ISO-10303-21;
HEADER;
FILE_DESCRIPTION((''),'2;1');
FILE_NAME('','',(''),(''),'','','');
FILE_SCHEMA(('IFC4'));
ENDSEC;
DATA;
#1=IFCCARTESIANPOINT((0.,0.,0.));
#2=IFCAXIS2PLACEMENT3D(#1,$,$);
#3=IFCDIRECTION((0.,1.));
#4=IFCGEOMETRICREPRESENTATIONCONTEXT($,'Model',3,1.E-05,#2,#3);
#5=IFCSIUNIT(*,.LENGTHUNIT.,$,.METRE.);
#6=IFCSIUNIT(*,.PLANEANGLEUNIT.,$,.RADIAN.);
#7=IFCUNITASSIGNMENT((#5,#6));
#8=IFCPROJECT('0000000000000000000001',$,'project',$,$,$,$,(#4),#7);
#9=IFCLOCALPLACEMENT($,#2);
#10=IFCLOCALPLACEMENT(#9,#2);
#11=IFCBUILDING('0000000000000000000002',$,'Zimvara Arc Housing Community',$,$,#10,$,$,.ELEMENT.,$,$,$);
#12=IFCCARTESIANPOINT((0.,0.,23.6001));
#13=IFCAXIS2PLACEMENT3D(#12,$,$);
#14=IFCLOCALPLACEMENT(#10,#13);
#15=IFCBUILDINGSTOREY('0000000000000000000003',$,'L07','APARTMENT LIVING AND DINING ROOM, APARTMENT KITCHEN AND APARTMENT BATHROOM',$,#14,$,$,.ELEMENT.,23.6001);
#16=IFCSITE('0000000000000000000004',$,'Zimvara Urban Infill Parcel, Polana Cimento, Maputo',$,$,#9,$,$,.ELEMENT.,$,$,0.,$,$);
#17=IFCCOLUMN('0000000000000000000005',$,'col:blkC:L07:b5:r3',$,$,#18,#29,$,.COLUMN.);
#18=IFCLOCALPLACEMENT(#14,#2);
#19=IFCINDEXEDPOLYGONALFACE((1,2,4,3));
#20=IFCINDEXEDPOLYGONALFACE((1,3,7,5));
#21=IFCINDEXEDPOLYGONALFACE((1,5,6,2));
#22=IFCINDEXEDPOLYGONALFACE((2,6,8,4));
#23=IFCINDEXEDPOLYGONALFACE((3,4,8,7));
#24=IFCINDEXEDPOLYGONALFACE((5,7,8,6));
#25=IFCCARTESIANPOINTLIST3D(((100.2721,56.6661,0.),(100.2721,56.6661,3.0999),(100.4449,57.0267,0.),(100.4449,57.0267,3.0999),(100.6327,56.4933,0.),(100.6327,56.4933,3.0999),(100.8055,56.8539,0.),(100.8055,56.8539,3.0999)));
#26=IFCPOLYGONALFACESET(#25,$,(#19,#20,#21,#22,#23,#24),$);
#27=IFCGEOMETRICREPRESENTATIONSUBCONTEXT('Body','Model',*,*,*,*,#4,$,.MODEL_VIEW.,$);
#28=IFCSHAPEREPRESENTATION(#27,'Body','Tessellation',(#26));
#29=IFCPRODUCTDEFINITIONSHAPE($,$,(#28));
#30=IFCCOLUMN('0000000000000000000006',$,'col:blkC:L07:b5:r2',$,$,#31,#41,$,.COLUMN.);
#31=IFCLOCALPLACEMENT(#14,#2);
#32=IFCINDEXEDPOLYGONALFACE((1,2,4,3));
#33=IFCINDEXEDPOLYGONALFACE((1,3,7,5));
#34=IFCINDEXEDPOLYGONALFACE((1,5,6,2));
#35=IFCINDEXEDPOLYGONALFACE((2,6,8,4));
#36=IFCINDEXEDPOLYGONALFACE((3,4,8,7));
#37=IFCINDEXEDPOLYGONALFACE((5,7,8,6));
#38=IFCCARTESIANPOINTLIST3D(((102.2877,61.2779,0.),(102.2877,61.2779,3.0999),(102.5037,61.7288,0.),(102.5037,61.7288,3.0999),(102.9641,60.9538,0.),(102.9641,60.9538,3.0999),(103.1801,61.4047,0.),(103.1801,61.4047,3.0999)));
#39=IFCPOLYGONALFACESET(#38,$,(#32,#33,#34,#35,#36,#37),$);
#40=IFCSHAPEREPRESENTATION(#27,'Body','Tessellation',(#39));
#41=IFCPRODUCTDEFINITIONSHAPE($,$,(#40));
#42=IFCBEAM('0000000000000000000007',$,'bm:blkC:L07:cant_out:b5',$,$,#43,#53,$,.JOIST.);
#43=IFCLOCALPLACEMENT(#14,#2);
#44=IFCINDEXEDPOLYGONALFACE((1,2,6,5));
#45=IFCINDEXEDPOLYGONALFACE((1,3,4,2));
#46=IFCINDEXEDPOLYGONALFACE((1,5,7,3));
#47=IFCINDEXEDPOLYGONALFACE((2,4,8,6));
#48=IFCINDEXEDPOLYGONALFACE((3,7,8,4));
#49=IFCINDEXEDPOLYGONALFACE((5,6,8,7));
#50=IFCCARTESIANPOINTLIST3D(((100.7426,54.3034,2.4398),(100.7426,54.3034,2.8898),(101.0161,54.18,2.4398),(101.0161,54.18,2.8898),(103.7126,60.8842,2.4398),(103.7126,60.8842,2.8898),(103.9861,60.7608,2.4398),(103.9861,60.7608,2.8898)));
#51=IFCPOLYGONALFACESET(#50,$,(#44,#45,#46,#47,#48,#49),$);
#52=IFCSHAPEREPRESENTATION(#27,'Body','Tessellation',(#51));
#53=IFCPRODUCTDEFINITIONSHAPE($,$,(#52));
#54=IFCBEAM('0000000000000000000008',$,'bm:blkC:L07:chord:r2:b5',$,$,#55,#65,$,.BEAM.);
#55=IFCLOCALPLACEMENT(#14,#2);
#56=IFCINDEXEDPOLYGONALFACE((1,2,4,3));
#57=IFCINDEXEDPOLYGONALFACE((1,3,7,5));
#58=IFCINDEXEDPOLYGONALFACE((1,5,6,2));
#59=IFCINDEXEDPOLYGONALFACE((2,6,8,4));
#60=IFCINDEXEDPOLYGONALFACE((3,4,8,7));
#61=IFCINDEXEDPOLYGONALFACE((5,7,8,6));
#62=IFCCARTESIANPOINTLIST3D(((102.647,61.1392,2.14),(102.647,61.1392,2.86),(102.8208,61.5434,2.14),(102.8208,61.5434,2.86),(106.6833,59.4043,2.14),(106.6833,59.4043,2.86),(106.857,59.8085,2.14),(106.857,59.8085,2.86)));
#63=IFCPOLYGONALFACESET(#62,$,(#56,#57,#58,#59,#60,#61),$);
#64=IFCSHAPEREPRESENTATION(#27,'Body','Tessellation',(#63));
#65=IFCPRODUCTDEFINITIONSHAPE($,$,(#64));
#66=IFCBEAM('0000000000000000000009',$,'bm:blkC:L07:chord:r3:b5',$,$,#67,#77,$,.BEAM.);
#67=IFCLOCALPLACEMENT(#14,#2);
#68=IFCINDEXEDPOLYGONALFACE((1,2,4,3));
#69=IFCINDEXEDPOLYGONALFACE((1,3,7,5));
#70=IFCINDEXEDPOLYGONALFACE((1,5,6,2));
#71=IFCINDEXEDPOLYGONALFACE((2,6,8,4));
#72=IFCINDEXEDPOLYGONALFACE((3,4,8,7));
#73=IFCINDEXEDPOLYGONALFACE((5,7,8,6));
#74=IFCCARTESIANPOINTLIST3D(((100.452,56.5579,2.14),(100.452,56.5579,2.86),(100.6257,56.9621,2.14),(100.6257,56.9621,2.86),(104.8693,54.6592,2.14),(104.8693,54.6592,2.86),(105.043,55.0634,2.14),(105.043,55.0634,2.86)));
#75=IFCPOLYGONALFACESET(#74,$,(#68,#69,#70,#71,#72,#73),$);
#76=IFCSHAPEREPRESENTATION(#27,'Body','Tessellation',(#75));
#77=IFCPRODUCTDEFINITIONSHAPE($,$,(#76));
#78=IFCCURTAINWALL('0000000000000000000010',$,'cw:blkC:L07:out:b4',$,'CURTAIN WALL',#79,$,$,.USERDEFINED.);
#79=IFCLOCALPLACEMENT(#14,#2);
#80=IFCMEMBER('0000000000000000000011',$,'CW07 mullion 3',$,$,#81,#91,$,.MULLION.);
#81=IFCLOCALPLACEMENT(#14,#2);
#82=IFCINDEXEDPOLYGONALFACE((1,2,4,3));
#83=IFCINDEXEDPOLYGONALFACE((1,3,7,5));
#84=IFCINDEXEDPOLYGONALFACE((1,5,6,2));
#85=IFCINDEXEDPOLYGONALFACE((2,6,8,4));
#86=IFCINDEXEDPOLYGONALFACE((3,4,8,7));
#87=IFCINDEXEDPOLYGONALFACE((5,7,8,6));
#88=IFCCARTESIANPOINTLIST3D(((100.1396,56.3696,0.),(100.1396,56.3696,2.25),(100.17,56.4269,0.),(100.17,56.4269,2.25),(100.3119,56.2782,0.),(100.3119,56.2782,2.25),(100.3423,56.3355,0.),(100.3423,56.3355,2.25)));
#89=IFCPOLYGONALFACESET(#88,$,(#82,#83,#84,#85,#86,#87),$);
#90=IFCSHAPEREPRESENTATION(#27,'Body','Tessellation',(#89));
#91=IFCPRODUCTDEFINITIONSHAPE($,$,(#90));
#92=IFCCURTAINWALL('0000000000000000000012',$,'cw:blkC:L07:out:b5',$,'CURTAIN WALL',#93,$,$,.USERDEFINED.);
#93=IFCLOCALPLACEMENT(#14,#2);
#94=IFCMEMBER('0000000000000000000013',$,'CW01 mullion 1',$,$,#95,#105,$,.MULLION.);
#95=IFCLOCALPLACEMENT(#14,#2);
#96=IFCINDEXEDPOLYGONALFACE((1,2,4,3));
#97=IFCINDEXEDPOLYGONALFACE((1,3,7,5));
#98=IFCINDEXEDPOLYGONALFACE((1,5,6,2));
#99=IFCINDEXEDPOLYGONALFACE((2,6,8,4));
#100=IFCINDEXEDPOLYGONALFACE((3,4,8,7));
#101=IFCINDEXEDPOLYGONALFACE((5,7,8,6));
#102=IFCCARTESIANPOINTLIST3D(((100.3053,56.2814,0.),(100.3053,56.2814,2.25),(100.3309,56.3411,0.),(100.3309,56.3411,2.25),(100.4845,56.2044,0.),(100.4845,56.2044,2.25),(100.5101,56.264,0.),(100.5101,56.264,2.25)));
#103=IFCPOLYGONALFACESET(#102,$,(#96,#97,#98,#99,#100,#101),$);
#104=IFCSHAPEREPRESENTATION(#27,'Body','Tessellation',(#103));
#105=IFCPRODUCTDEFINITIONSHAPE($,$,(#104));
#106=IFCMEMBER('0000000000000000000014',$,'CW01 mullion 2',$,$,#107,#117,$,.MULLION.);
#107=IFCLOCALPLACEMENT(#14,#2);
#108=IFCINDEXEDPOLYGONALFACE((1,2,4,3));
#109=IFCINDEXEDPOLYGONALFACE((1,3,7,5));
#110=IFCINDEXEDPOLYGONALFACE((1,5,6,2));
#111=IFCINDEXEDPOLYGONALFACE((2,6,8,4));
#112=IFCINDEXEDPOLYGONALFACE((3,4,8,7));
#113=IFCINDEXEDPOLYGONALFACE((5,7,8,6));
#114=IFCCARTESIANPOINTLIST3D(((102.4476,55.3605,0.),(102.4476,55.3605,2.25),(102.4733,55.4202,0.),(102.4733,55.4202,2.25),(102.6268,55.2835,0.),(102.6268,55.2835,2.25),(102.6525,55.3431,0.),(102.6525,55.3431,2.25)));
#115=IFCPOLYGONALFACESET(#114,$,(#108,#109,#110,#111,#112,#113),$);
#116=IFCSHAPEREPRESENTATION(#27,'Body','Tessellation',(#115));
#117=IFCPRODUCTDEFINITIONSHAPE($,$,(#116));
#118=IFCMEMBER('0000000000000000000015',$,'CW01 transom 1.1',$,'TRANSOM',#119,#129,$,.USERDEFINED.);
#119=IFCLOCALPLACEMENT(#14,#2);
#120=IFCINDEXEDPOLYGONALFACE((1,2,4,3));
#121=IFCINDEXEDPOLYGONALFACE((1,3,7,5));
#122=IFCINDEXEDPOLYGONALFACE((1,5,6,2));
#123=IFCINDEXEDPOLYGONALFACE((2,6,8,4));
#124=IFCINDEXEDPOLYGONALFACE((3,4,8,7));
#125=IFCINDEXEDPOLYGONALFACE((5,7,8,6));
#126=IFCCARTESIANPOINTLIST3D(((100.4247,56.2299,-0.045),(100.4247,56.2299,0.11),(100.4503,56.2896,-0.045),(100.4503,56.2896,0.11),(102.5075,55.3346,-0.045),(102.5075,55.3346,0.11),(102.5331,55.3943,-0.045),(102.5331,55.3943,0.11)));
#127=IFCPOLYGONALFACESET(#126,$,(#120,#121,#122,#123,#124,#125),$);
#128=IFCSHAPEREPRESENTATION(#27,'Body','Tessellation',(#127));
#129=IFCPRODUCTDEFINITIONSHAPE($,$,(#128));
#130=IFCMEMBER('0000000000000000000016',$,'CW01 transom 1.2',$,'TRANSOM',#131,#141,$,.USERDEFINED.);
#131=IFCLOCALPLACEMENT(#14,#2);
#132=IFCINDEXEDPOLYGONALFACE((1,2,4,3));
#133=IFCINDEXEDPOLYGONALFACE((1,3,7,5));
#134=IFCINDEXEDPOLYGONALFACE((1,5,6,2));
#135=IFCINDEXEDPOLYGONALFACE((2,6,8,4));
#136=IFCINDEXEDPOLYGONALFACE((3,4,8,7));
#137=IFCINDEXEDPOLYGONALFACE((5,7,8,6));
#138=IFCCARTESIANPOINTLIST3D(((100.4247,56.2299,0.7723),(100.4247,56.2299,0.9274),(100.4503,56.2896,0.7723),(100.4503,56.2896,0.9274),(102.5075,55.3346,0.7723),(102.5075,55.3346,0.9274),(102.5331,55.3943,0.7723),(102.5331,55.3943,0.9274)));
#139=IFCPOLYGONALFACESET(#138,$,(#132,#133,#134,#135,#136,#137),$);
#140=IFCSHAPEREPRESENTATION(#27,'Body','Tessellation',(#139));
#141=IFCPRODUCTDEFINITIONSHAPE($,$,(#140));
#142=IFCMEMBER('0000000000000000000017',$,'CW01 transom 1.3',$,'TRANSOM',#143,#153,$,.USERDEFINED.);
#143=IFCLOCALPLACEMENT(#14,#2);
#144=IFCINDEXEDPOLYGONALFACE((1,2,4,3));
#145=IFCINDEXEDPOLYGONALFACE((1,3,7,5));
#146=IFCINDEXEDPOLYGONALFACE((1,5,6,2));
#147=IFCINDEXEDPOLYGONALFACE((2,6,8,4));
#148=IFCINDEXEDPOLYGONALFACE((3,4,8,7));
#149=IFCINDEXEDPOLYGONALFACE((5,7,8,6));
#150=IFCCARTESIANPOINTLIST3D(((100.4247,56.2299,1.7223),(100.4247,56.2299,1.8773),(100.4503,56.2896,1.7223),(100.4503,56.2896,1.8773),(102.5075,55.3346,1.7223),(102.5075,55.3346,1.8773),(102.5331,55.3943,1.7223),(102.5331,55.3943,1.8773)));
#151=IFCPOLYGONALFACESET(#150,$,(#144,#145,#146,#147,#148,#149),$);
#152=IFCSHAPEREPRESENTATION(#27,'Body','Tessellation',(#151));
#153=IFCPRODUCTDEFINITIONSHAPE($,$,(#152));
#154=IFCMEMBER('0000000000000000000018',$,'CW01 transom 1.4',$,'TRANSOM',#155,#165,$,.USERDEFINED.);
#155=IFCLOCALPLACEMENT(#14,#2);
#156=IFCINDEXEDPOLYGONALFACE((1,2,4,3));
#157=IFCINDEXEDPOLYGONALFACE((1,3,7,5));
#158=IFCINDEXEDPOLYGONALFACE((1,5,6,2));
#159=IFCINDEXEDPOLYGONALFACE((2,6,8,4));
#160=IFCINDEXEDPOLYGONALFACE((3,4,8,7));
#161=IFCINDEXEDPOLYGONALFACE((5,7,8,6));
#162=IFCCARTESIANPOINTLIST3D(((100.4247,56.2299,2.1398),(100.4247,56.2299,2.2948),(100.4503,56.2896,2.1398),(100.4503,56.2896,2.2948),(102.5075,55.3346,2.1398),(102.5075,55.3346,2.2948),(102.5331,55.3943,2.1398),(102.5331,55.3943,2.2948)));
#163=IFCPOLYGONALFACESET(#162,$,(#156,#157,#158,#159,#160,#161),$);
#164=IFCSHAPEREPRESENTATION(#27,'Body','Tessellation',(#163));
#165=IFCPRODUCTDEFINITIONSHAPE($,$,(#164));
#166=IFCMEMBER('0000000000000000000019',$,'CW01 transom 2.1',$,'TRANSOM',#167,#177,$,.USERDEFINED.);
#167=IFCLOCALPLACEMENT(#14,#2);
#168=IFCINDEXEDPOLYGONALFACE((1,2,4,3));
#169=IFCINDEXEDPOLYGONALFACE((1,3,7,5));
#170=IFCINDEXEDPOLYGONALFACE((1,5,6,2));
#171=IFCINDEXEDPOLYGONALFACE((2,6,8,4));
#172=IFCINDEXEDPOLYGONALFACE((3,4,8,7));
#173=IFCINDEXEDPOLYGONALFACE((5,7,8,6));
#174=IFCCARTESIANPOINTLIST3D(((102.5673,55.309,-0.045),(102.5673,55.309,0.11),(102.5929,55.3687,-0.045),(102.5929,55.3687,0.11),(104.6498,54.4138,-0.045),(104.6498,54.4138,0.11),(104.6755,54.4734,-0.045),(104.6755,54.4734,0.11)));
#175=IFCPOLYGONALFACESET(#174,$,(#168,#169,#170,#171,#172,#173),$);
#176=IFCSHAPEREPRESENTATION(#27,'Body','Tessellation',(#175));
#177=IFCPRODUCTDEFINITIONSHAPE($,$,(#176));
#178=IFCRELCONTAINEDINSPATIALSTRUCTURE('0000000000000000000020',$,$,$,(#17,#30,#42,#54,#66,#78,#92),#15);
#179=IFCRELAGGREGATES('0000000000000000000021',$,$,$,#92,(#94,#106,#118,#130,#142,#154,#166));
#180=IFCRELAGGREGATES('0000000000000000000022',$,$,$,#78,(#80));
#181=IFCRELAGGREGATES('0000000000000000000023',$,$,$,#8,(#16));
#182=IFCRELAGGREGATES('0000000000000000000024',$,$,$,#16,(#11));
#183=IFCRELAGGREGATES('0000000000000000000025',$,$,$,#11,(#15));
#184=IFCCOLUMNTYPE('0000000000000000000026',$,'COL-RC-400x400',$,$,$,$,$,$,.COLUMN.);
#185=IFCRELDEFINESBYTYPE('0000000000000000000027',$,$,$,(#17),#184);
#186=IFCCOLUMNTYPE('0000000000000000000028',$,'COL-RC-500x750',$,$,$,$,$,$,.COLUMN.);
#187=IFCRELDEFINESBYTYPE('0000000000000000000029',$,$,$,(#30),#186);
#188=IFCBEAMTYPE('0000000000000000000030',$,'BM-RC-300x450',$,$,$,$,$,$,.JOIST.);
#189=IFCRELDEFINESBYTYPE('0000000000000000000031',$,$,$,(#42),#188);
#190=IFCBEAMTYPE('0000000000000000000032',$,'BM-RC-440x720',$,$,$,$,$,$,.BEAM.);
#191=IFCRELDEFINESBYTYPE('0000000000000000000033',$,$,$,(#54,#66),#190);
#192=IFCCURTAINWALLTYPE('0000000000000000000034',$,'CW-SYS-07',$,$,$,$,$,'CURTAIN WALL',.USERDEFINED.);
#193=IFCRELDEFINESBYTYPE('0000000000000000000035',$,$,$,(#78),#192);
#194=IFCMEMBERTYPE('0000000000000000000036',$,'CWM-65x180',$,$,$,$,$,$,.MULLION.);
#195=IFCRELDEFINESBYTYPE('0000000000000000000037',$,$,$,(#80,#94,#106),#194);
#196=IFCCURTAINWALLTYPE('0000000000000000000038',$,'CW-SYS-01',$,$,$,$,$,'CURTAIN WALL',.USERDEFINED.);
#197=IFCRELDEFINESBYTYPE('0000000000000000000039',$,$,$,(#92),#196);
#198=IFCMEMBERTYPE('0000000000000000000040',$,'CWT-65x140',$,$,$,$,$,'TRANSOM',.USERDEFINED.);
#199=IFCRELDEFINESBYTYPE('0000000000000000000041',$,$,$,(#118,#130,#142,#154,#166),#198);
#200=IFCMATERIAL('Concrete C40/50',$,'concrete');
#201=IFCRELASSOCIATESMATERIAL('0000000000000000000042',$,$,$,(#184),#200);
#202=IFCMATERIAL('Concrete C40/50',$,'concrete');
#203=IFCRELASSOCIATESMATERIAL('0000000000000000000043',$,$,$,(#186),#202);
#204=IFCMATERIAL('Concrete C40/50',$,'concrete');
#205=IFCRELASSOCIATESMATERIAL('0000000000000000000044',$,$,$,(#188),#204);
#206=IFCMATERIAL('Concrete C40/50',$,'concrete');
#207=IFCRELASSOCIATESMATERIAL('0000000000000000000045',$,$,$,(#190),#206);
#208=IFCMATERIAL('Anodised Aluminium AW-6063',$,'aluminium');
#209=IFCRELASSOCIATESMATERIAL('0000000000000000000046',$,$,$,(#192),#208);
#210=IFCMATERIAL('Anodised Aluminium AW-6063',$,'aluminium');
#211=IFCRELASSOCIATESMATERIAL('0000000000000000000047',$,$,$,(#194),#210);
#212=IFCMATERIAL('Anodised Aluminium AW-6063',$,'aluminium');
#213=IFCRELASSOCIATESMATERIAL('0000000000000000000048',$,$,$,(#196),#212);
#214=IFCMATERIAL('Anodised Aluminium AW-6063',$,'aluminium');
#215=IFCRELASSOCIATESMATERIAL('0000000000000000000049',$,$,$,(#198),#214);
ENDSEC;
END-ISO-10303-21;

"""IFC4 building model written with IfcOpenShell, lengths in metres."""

from ifc_helpers import new_model, si_unit, direction, frame, origin, origin_2d, place, context, subcontext, project, spatial, rectangle, extrude, material, material_profile, profile_set, type_object, element, aggregate, save


model = new_model("IFC4")

# Units and contexts
model_context = context("Model", 3, precision=1e-05, world=origin(), true_north=direction((0.0, 1.0)))
body_context = subcontext(model_context, "Body", "Model", "MODEL_VIEW")
ifc_project = project(units=[si_unit("LENGTHUNIT", "METRE"), si_unit("PLANEANGLEUNIT", "RADIAN")], contexts=[model_context])

# Site, building, storey
site_placement = place(None, origin())
site = spatial("IfcSite", under=ifc_project, at=site_placement, Name="Zimvara Urban Infill Parcel, Polana Cimento, Maputo", CompositionType="ELEMENT", RefElevation=0.0)
building_placement = place(site_placement, origin())
building = spatial("IfcBuilding", under=site, at=building_placement, Name="Zimvara Arc Housing Community", CompositionType="ELEMENT")
storey_placement = place(building_placement, frame((0.0, 0.0, 23.6001)))
storey = spatial("IfcBuildingStorey", under=building, at=storey_placement, Name="L07", Description="APARTMENT LIVING AND DINING ROOM, APARTMENT KITCHEN AND APARTMENT BATHROOM", CompositionType="ELEMENT", Elevation=23.6001)

# Columns
ifc_material_1 = material(Name="Concrete C40/50", Category="concrete")
ifc_material_profile_1 = material_profile(ifc_material_1, rectangle(XDim=0.3999, YDim=0.3999, at=origin_2d()), Name="RC 400x400")
ifc_profile_set_1 = profile_set([ifc_material_profile_1], Name="Concrete C40/50")
column_type_1 = type_object("IfcColumnType", Name="COL-RC-400x400", PredefinedType="COLUMN", material=ifc_profile_set_1)
column_1_placement = place(storey_placement, frame((100.5388, 56.76, 0.0), z_axis=(0.0, 0.0, 1.0), x_axis=(-0.432086, -0.901833, 0.0)))
element("IfcColumn", 1, at=column_1_placement, inside=storey, type_object=column_type_1, Name="col:blkC:L07:b5:r3", PredefinedType="COLUMN", context=body_context, shape_type="SweptSolid", body=[
    extrude(rectangle(XDim=0.3999, YDim=0.3999, at=origin_2d()), origin(), (0.0, 0.0, 1.0), 3.0999),
])
ifc_material_2 = material(Name="Concrete C40/50", Category="concrete")
ifc_material_profile_2 = material_profile(ifc_material_2, rectangle(XDim=0.5, YDim=0.75, at=origin_2d()), Name="RC 500x750")
ifc_profile_set_2 = profile_set([ifc_material_profile_2], Name="Concrete C40/50")
column_type_2 = type_object("IfcColumnType", Name="COL-RC-500x750", PredefinedType="COLUMN", material=ifc_profile_set_2)
column_2_placement = place(storey_placement, frame((102.7339, 61.3413, 0.0), z_axis=(0.0, 0.0, 1.0), x_axis=(-0.432086, -0.901833, 0.0)))
element("IfcColumn", 2, at=column_2_placement, inside=storey, type_object=column_type_2, Name="col:blkC:L07:b5:r2", PredefinedType="COLUMN", context=body_context, shape_type="SweptSolid", body=[
    extrude(rectangle(XDim=0.5, YDim=0.75, at=origin_2d()), origin(), (0.0, 0.0, 1.0), 3.0999),
])

# Beams
ifc_material_3 = material(Name="Concrete C40/50", Category="concrete")
ifc_material_profile_3 = material_profile(ifc_material_3, rectangle(XDim=0.3, YDim=0.45, at=origin_2d()), Name="RC 300x450")
ifc_profile_set_3 = profile_set([ifc_material_profile_3], Name="Concrete C40/50")
beam_type_1 = type_object("IfcBeamType", Name="BM-RC-300x450", PredefinedType="JOIST", material=ifc_profile_set_3)
beam_1_placement = place(storey_placement, frame((103.8494, 60.8225, 2.6648), z_axis=(-0.411356, -0.911475, 0.0), x_axis=(0.911475, -0.411356, 0.0)))
element("IfcBeam", 3, at=beam_1_placement, inside=storey, type_object=beam_type_1, Name="bm:blkC:L07:cant_out:b5", PredefinedType="JOIST", context=body_context, shape_type="SweptSolid", body=[
    extrude(rectangle(XDim=0.3, YDim=0.45, at=origin_2d()), origin(), (0.0, 0.0, 1.0), 7.22),
])
ifc_material_4 = material(Name="Concrete C40/50", Category="concrete")
ifc_material_profile_4 = material_profile(ifc_material_4, rectangle(XDim=0.4399, YDim=0.72, at=origin_2d()), Name="RC 440x720")
ifc_profile_set_4 = profile_set([ifc_material_profile_4], Name="Concrete C40/50")
beam_type_2 = type_object("IfcBeamType", Name="BM-RC-440x720", PredefinedType="BEAM", material=ifc_profile_set_4)
beam_2_placement = place(storey_placement, frame((102.7339, 61.3413, 2.5), z_axis=(0.918725, -0.394898, 0.0), x_axis=(0.394898, 0.918725, 0.0)))
element("IfcBeam", 4, at=beam_2_placement, inside=storey, type_object=beam_type_2, Name="bm:blkC:L07:chord:r2:b5", PredefinedType="BEAM", context=body_context, shape_type="SweptSolid", body=[
    extrude(rectangle(XDim=0.4399, YDim=0.72, at=origin_2d()), origin(), (0.0, 0.0, 1.0), 4.3933),
])
beam_3_placement = place(storey_placement, frame((100.5388, 56.76, 2.5), z_axis=(0.918724, -0.3949, 0.0), x_axis=(0.3949, 0.918724, 0.0)))
element("IfcBeam", 5, at=beam_3_placement, inside=storey, type_object=beam_type_2, Name="bm:blkC:L07:chord:r3:b5", PredefinedType="BEAM", context=body_context, shape_type="SweptSolid", body=[
    extrude(rectangle(XDim=0.4399, YDim=0.72, at=origin_2d()), origin(), (0.0, 0.0, 1.0), 4.8081),
])

# Curtain wall, member
ifc_material_5 = material(Name="Anodised Aluminium AW-6063", Category="aluminium")
curtain_wall_type_1 = type_object("IfcCurtainWallType", Name="CW-SYS-07", ElementType="CURTAIN WALL", PredefinedType="USERDEFINED", material=ifc_material_5)
curtain_wall_1_placement = place(storey_placement, origin())
curtain_wall_1 = element("IfcCurtainWall", 6, at=curtain_wall_1_placement, inside=storey, type_object=curtain_wall_type_1, Name="cw:blkC:L07:out:b4", ObjectType="CURTAIN WALL", PredefinedType="USERDEFINED")
ifc_material_6 = material(Name="Anodised Aluminium AW-6063", Category="aluminium")
ifc_material_profile_5 = material_profile(ifc_material_6, rectangle(XDim=0.0649, YDim=0.1951, at=origin_2d()), Name="ALU 65x195")
ifc_profile_set_5 = profile_set([ifc_material_profile_5], Name="Anodised Aluminium AW-6063")
member_type_1 = type_object("IfcMemberType", Name="CWM-65x180", PredefinedType="MULLION", material=ifc_profile_set_5)
member_1_placement = place(storey_placement, frame((100.241, 56.3525, 0.0), z_axis=(0.0, 0.0, 1.0), x_axis=(0.468547, 0.883439, 0.0)))
member_1 = element("IfcMember", 7, at=member_1_placement, type_object=member_type_1, Name="CW07 mullion 3", PredefinedType="MULLION", context=body_context, shape_type="SweptSolid", body=[
    extrude(rectangle(XDim=0.0649, YDim=0.1951, at=origin_2d()), origin(), (0.0, 0.0, 1.0), 2.25),
])

# Curtain wall, members
ifc_material_7 = material(Name="Anodised Aluminium AW-6063", Category="aluminium")
curtain_wall_type_2 = type_object("IfcCurtainWallType", Name="CW-SYS-01", ElementType="CURTAIN WALL", PredefinedType="USERDEFINED", material=ifc_material_7)
curtain_wall_2_placement = place(storey_placement, origin())
curtain_wall_2 = element("IfcCurtainWall", 8, at=curtain_wall_2_placement, inside=storey, type_object=curtain_wall_type_2, Name="cw:blkC:L07:out:b5", ObjectType="CURTAIN WALL", PredefinedType="USERDEFINED")
member_2_placement = place(storey_placement, frame((100.4077, 56.2727, 0.0), z_axis=(0.0, 0.0, 1.0), x_axis=(0.394904, 0.918722, 0.0)))
member_2 = element("IfcMember", 9, at=member_2_placement, type_object=member_type_1, Name="CW01 mullion 1", PredefinedType="MULLION", context=body_context, shape_type="SweptSolid", body=[
    extrude(rectangle(XDim=0.0649, YDim=0.1951, at=origin_2d()), origin(), (0.0, 0.0, 1.0), 2.25),
])
member_3_placement = place(storey_placement, frame((102.55, 55.3518, 0.0), z_axis=(0.0, 0.0, 1.0), x_axis=(0.394904, 0.918722, 0.0)))
member_3 = element("IfcMember", 10, at=member_3_placement, type_object=member_type_1, Name="CW01 mullion 2", PredefinedType="MULLION", context=body_context, shape_type="SweptSolid", body=[
    extrude(rectangle(XDim=0.0649, YDim=0.1951, at=origin_2d()), origin(), (0.0, 0.0, 1.0), 2.25),
])
ifc_material_8 = material(Name="Anodised Aluminium AW-6063", Category="aluminium")
ifc_material_profile_6 = material_profile(ifc_material_8, rectangle(XDim=0.0649, YDim=0.155, at=origin_2d()), Name="ALU 65x155")
ifc_profile_set_6 = profile_set([ifc_material_profile_6], Name="Anodised Aluminium AW-6063")
member_type_2 = type_object("IfcMemberType", Name="CWT-65x140", ElementType="TRANSOM", PredefinedType="USERDEFINED", material=ifc_profile_set_6)
member_4_placement = place(storey_placement, frame((100.4375, 56.2598, 0.0325), z_axis=(0.918721, -0.394907, 0.0), x_axis=(0.394907, 0.918721, 0.0)))
member_4 = element("IfcMember", 11, at=member_4_placement, type_object=member_type_2, Name="CW01 transom 1.1", ObjectType="TRANSOM", PredefinedType="USERDEFINED", context=body_context, shape_type="SweptSolid", body=[
    extrude(rectangle(XDim=0.0649, YDim=0.155, at=origin_2d()), origin(), (0.0, 0.0, 1.0), 2.2671),
])
member_5_placement = place(storey_placement, frame((100.4375, 56.2598, 0.8499), z_axis=(0.918721, -0.394907, 0.0), x_axis=(0.394907, 0.918721, 0.0)))
member_5 = element("IfcMember", 12, at=member_5_placement, type_object=member_type_2, Name="CW01 transom 1.2", ObjectType="TRANSOM", PredefinedType="USERDEFINED", context=body_context, shape_type="SweptSolid", body=[
    extrude(rectangle(XDim=0.0649, YDim=0.155, at=origin_2d()), origin(), (0.0, 0.0, 1.0), 2.2671),
])
member_6_placement = place(storey_placement, frame((100.4375, 56.2598, 1.7998), z_axis=(0.918721, -0.394907, 0.0), x_axis=(0.394907, 0.918721, 0.0)))
member_6 = element("IfcMember", 13, at=member_6_placement, type_object=member_type_2, Name="CW01 transom 1.3", ObjectType="TRANSOM", PredefinedType="USERDEFINED", context=body_context, shape_type="SweptSolid", body=[
    extrude(rectangle(XDim=0.0649, YDim=0.155, at=origin_2d()), origin(), (0.0, 0.0, 1.0), 2.2671),
])
member_7_placement = place(storey_placement, frame((100.4375, 56.2598, 2.2173), z_axis=(0.918721, -0.394907, 0.0), x_axis=(0.394907, 0.918721, 0.0)))
member_7 = element("IfcMember", 14, at=member_7_placement, type_object=member_type_2, Name="CW01 transom 1.4", ObjectType="TRANSOM", PredefinedType="USERDEFINED", context=body_context, shape_type="SweptSolid", body=[
    extrude(rectangle(XDim=0.0649, YDim=0.155, at=origin_2d()), origin(), (0.0, 0.0, 1.0), 2.2671),
])
member_8_placement = place(storey_placement, frame((102.5801, 55.3389, 0.0325), z_axis=(0.918704, -0.394946, 0.0), x_axis=(0.394946, 0.918704, 0.0)))
member_8 = element("IfcMember", 15, at=member_8_placement, type_object=member_type_2, Name="CW01 transom 2.1", ObjectType="TRANSOM", PredefinedType="USERDEFINED", context=body_context, shape_type="SweptSolid", body=[
    extrude(rectangle(XDim=0.0649, YDim=0.155, at=origin_2d()), origin(), (0.0, 0.0, 1.0), 2.2668),
])
aggregate(curtain_wall_2, [member_2, member_3, member_4, member_5, member_6, member_7, member_8])

aggregate(curtain_wall_1, [member_1])

save(model, "model.ifc")
